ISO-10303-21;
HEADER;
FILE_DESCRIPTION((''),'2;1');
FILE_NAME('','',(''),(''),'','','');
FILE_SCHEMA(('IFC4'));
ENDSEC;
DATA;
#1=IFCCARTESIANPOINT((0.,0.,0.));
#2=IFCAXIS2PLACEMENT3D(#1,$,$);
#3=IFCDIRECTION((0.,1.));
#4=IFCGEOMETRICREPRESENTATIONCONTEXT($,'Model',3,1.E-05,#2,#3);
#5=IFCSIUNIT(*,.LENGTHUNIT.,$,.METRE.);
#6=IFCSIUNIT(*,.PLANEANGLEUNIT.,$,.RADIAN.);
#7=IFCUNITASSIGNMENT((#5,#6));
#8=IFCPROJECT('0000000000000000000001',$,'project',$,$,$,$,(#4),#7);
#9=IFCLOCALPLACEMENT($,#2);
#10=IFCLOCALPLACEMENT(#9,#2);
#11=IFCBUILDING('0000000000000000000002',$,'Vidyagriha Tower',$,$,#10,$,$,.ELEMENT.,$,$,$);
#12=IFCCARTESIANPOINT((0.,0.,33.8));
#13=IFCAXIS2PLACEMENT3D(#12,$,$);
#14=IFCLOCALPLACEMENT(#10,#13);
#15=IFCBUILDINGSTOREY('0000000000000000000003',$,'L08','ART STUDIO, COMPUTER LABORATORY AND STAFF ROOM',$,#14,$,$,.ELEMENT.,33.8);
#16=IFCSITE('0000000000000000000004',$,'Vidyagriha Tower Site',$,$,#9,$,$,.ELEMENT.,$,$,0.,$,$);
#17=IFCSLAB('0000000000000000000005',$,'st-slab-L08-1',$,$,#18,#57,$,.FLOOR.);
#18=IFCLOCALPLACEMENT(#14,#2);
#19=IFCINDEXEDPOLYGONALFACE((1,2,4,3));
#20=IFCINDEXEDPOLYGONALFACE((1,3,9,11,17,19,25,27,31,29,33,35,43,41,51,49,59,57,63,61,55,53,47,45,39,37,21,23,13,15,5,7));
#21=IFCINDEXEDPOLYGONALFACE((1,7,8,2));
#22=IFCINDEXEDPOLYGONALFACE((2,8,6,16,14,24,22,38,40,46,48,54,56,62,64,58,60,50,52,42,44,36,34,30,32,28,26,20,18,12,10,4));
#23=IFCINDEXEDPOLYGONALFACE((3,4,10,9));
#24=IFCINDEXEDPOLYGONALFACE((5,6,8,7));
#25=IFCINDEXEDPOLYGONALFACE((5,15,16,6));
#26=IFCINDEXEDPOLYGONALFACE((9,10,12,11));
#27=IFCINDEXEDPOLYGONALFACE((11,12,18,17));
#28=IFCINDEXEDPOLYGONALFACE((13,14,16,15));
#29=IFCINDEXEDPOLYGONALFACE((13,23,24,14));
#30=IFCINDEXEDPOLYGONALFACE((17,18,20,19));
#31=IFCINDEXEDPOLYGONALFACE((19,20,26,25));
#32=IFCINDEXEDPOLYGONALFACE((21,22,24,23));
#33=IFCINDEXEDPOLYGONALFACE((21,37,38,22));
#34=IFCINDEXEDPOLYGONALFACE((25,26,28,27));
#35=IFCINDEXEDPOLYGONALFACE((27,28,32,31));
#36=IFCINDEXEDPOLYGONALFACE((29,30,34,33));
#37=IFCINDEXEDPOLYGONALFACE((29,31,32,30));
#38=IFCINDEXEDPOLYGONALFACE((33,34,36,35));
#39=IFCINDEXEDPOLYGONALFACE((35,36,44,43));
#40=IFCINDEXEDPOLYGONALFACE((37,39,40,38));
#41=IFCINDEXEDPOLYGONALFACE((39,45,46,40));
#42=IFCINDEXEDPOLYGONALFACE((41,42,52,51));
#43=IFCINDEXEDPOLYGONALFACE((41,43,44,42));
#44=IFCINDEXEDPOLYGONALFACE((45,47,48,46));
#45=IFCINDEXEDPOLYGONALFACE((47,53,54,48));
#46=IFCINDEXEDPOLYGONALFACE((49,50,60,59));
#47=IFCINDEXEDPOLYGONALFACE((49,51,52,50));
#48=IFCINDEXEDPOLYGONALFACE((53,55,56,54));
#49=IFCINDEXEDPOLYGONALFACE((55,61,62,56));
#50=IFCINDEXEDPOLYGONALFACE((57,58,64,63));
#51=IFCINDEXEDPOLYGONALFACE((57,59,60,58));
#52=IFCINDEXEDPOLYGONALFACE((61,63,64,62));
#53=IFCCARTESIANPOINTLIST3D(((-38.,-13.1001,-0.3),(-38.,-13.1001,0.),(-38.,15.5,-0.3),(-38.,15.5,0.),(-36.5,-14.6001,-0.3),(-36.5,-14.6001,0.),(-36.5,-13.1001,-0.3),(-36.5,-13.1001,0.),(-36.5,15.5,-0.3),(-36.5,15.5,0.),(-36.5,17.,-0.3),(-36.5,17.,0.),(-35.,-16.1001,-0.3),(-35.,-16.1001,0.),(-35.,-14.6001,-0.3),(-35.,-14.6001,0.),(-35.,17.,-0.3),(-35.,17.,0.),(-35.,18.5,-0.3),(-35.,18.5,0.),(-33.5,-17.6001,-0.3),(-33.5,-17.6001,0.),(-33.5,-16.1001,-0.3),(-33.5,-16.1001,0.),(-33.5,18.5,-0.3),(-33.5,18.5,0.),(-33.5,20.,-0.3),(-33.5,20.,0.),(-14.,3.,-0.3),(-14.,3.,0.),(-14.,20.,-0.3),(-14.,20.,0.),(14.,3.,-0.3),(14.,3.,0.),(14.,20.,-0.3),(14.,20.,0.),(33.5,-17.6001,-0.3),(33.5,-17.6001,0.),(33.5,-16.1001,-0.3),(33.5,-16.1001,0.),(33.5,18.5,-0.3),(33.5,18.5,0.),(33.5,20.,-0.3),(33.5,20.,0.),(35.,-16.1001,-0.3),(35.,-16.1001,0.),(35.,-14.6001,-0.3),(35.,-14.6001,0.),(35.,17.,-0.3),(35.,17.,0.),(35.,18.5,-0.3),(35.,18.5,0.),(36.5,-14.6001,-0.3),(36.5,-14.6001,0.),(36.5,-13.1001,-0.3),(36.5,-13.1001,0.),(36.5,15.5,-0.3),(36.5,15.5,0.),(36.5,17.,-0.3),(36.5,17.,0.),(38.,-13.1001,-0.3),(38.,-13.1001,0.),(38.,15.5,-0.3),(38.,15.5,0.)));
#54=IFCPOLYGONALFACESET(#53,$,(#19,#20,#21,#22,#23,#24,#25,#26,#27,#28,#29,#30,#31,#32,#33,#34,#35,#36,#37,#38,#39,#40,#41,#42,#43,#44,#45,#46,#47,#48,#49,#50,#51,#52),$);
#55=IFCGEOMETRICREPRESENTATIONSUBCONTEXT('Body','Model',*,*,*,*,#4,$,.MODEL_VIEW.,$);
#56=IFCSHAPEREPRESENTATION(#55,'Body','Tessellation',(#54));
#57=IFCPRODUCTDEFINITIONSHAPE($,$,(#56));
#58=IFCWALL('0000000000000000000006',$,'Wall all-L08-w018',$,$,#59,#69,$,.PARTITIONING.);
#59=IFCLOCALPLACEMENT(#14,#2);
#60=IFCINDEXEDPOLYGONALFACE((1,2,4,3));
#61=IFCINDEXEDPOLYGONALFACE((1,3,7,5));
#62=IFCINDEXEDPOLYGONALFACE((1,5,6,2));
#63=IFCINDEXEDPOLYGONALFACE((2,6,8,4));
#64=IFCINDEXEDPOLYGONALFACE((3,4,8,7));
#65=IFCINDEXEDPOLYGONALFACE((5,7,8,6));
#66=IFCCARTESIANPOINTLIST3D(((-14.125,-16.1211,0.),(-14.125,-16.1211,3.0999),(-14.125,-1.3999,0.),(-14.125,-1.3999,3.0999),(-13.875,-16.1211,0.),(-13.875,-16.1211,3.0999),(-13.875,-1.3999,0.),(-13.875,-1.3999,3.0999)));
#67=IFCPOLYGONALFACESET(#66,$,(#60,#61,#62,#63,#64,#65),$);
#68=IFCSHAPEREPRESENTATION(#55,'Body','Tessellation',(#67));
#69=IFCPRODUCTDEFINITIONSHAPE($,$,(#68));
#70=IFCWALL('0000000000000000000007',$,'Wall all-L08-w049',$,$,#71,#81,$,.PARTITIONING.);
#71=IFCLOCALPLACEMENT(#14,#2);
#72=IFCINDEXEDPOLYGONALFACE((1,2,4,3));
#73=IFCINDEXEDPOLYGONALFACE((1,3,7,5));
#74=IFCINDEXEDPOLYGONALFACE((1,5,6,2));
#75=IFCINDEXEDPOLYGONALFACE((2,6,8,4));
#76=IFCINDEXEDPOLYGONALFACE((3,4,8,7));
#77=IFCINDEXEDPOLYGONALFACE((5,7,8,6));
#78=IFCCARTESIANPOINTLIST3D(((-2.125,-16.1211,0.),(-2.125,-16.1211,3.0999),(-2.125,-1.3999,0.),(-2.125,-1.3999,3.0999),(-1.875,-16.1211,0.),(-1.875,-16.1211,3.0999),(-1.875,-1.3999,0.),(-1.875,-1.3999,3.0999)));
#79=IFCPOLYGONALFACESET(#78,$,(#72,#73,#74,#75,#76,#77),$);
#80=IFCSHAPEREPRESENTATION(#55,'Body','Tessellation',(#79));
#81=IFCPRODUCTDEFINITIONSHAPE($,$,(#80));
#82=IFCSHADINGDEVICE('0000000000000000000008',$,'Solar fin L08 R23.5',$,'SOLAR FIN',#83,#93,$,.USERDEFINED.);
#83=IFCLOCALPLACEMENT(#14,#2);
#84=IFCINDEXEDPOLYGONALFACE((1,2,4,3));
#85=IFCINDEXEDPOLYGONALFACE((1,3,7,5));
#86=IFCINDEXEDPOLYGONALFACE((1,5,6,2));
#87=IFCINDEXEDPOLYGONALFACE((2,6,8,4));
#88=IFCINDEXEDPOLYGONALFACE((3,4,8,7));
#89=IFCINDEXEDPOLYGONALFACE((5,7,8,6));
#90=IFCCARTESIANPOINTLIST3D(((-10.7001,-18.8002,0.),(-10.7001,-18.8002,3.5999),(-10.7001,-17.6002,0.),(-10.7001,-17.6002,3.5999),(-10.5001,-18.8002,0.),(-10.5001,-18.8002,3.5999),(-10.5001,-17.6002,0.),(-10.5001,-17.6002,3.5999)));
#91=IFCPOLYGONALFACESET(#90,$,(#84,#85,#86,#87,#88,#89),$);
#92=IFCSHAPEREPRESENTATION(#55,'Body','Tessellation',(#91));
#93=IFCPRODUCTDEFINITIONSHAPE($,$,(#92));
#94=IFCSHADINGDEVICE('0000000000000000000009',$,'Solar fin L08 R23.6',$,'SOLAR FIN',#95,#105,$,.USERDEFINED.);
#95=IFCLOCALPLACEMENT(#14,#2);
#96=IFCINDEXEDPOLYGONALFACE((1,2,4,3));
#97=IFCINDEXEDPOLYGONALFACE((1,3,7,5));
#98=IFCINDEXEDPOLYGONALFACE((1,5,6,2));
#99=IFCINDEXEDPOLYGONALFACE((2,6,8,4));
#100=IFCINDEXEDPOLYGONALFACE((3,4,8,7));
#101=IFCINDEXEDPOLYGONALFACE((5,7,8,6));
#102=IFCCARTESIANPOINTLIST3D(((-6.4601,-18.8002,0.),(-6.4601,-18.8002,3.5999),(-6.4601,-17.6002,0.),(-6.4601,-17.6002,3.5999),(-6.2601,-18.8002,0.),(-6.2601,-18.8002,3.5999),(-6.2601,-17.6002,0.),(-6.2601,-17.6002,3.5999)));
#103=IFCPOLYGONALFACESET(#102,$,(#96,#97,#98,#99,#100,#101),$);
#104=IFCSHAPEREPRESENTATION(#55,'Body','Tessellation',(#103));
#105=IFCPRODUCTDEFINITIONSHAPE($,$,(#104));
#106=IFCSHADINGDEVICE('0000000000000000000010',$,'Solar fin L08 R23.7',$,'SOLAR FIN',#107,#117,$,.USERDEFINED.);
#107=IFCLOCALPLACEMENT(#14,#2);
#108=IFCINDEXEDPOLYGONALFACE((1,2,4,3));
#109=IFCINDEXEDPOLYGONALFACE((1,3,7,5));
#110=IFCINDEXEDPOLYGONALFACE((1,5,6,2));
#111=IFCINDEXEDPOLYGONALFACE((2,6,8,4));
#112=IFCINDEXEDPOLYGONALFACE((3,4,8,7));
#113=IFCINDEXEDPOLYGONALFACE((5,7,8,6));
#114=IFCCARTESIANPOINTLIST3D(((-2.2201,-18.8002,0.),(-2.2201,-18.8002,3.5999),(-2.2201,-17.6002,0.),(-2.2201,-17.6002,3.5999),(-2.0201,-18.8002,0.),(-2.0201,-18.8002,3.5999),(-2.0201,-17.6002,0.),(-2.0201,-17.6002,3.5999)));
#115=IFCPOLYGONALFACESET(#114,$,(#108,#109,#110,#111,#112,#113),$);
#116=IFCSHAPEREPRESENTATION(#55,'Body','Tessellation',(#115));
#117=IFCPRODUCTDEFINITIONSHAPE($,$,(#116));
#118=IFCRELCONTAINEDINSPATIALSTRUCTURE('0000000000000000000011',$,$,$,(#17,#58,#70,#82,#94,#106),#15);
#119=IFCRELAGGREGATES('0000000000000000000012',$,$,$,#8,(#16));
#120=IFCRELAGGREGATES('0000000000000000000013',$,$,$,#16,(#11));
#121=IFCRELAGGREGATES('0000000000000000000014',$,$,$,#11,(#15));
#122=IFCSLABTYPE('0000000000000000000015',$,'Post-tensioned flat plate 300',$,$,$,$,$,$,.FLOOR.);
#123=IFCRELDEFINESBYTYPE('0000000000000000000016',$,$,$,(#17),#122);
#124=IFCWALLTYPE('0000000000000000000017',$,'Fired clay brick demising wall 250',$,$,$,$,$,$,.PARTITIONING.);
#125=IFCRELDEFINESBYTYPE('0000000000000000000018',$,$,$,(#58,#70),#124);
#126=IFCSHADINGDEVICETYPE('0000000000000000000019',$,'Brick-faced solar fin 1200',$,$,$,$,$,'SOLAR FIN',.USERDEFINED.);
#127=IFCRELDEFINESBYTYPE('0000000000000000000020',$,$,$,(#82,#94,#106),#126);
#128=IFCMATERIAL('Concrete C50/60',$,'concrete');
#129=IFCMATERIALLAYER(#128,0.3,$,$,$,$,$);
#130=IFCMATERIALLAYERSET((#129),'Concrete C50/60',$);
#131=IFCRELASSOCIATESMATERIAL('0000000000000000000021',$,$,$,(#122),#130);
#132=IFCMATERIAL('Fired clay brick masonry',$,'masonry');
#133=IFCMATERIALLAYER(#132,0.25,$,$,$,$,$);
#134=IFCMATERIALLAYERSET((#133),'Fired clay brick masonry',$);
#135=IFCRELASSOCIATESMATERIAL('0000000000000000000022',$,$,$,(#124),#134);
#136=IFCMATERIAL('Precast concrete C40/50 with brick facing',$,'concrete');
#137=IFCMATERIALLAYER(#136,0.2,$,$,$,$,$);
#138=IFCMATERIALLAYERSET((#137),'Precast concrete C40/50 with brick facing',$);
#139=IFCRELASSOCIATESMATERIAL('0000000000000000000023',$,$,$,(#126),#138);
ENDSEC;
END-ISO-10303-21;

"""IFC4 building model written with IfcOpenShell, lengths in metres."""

from ifc_helpers import new_model, si_unit, direction, frame, frame_2d, origin, place, context, subcontext, project, spatial, polyline, rectangle, outline, extrude, material, layer, layer_set, type_object, element, save


model = new_model("IFC4")

# Units and contexts
model_context = context("Model", 3, precision=1e-05, world=origin(), true_north=direction((0.0, 1.0)))
body_context = subcontext(model_context, "Body", "Model", "MODEL_VIEW")
ifc_project = project(units=[si_unit("LENGTHUNIT", "METRE"), si_unit("PLANEANGLEUNIT", "RADIAN")], contexts=[model_context])

# Site, building, storey
site_placement = place(None, origin())
site = spatial("IfcSite", under=ifc_project, at=site_placement, Name="Vidyagriha Tower Site", CompositionType="ELEMENT", RefElevation=0.0)
building_placement = place(site_placement, origin())
building = spatial("IfcBuilding", under=site, at=building_placement, Name="Vidyagriha Tower", CompositionType="ELEMENT")
storey_placement = place(building_placement, frame((0.0, 0.0, 33.8)))
storey = spatial("IfcBuildingStorey", under=building, at=storey_placement, Name="L08", Description="ART STUDIO, COMPUTER LABORATORY AND STAFF ROOM", CompositionType="ELEMENT", Elevation=33.8)

# Slab
ifc_material_1 = material(Name="Concrete C50/60", Category="concrete")
ifc_layer_1 = layer(ifc_material_1, 0.3)
ifc_layer_set_1 = layer_set([ifc_layer_1], Name="Concrete C50/60")
slab_type_1 = type_object("IfcSlabType", Name="Post-tensioned flat plate 300", PredefinedType="FLOOR", material=ifc_layer_set_1)
slab_1_placement = place(storey_placement, frame((0.0, 0.0, -0.3)))
element("IfcSlab", 1, at=slab_1_placement, inside=storey, type_object=slab_type_1, Name="st-slab-L08-1", PredefinedType="FLOOR", context=body_context, shape_type="SweptSolid", body=[
    extrude(outline(polyline([(36.5, -13.1001), (36.5, -14.6001), (35.0, -14.6001), (35.0, -16.1001), (33.5, -16.1001), (33.5, -17.6001), (-33.5, -17.6001), (-33.5, -16.1001), (-35.0, -16.1001), (-35.0, -14.6001), (-36.5, -14.6001), (-36.5, -13.1001), (-38.0, -13.1001), (-38.0, 15.5), (-36.5, 15.5), (-36.5, 17.0), (-35.0, 17.0), (-35.0, 18.5), (-33.5, 18.5), (-33.5, 20.0), (-14.0, 20.0), (-14.0, 3.0), (14.0, 3.0), (14.0, 20.0), (33.5, 20.0), (33.5, 18.5), (35.0, 18.5), (35.0, 17.0), (36.5, 17.0), (36.5, 15.5), (38.0, 15.5), (38.0, -13.1001), (36.5, -13.1001)])), origin(), (0.0, 0.0, 1.0), 0.3),
])

# Walls
ifc_material_2 = material(Name="Fired clay brick masonry", Category="masonry")
ifc_layer_2 = layer(ifc_material_2, 0.25)
ifc_layer_set_2 = layer_set([ifc_layer_2], Name="Fired clay brick masonry")
wall_type = type_object("IfcWallType", Name="Fired clay brick demising wall 250", PredefinedType="PARTITIONING", material=ifc_layer_set_2)
for number, where, z_axis, x_axis, name in (
    (2, (-14.0, -1.3999, 0.0), (0.0, 0.0, 1.0), (0.0, -1.0, 0.0), "Wall all-L08-w018"),
    (3, (-2.0, -1.3999, 0.0), (0.0, 0.0, 1.0), (0.0, -1.0, 0.0), "Wall all-L08-w049"),
):
    element("IfcWall", number, at=place(storey_placement, frame(where, z_axis=z_axis, x_axis=x_axis)), inside=storey, type_object=wall_type, Name=name, PredefinedType="PARTITIONING", context=body_context, shape_type="SweptSolid", body=[
        extrude(rectangle(XDim=14.7212, YDim=0.25, at=frame_2d((7.3606, 0.0))), origin(), (0.0, 0.0, 1.0), 3.0999),
    ])

# Shading devices
ifc_material_3 = material(Name="Precast concrete C40/50 with brick facing", Category="concrete")
ifc_layer_3 = layer(ifc_material_3, 0.2)
ifc_layer_set_3 = layer_set([ifc_layer_3], Name="Precast concrete C40/50 with brick facing")
shading_device_type = type_object("IfcShadingDeviceType", Name="Brick-faced solar fin 1200", ElementType="SOLAR FIN", PredefinedType="USERDEFINED", material=ifc_layer_set_3)
for number, where, z_axis, x_axis, name in (
    (4, (-10.6001, -17.6001, 0.0), (0.0, 0.0, 1.0), (0.0, -1.0, 0.0), "Solar fin L08 R23.5"),
    (5, (-6.3601, -17.6001, 0.0), (0.0, 0.0, 1.0), (0.0, -1.0, 0.0), "Solar fin L08 R23.6"),
    (6, (-2.1201, -17.6001, 0.0), (0.0, 0.0, 1.0), (0.0, -1.0, 0.0), "Solar fin L08 R23.7"),
):
    element("IfcShadingDevice", number, at=place(storey_placement, frame(where, z_axis=z_axis, x_axis=x_axis)), inside=storey, type_object=shading_device_type, Name=name, ObjectType="SOLAR FIN", PredefinedType="USERDEFINED", context=body_context, shape_type="SweptSolid", body=[
        extrude(rectangle(XDim=1.2, YDim=0.2, at=frame_2d((0.6001, 0.0))), origin(), (0.0, 0.0, 1.0), 3.5999),
    ])

save(model, "model.ifc")
